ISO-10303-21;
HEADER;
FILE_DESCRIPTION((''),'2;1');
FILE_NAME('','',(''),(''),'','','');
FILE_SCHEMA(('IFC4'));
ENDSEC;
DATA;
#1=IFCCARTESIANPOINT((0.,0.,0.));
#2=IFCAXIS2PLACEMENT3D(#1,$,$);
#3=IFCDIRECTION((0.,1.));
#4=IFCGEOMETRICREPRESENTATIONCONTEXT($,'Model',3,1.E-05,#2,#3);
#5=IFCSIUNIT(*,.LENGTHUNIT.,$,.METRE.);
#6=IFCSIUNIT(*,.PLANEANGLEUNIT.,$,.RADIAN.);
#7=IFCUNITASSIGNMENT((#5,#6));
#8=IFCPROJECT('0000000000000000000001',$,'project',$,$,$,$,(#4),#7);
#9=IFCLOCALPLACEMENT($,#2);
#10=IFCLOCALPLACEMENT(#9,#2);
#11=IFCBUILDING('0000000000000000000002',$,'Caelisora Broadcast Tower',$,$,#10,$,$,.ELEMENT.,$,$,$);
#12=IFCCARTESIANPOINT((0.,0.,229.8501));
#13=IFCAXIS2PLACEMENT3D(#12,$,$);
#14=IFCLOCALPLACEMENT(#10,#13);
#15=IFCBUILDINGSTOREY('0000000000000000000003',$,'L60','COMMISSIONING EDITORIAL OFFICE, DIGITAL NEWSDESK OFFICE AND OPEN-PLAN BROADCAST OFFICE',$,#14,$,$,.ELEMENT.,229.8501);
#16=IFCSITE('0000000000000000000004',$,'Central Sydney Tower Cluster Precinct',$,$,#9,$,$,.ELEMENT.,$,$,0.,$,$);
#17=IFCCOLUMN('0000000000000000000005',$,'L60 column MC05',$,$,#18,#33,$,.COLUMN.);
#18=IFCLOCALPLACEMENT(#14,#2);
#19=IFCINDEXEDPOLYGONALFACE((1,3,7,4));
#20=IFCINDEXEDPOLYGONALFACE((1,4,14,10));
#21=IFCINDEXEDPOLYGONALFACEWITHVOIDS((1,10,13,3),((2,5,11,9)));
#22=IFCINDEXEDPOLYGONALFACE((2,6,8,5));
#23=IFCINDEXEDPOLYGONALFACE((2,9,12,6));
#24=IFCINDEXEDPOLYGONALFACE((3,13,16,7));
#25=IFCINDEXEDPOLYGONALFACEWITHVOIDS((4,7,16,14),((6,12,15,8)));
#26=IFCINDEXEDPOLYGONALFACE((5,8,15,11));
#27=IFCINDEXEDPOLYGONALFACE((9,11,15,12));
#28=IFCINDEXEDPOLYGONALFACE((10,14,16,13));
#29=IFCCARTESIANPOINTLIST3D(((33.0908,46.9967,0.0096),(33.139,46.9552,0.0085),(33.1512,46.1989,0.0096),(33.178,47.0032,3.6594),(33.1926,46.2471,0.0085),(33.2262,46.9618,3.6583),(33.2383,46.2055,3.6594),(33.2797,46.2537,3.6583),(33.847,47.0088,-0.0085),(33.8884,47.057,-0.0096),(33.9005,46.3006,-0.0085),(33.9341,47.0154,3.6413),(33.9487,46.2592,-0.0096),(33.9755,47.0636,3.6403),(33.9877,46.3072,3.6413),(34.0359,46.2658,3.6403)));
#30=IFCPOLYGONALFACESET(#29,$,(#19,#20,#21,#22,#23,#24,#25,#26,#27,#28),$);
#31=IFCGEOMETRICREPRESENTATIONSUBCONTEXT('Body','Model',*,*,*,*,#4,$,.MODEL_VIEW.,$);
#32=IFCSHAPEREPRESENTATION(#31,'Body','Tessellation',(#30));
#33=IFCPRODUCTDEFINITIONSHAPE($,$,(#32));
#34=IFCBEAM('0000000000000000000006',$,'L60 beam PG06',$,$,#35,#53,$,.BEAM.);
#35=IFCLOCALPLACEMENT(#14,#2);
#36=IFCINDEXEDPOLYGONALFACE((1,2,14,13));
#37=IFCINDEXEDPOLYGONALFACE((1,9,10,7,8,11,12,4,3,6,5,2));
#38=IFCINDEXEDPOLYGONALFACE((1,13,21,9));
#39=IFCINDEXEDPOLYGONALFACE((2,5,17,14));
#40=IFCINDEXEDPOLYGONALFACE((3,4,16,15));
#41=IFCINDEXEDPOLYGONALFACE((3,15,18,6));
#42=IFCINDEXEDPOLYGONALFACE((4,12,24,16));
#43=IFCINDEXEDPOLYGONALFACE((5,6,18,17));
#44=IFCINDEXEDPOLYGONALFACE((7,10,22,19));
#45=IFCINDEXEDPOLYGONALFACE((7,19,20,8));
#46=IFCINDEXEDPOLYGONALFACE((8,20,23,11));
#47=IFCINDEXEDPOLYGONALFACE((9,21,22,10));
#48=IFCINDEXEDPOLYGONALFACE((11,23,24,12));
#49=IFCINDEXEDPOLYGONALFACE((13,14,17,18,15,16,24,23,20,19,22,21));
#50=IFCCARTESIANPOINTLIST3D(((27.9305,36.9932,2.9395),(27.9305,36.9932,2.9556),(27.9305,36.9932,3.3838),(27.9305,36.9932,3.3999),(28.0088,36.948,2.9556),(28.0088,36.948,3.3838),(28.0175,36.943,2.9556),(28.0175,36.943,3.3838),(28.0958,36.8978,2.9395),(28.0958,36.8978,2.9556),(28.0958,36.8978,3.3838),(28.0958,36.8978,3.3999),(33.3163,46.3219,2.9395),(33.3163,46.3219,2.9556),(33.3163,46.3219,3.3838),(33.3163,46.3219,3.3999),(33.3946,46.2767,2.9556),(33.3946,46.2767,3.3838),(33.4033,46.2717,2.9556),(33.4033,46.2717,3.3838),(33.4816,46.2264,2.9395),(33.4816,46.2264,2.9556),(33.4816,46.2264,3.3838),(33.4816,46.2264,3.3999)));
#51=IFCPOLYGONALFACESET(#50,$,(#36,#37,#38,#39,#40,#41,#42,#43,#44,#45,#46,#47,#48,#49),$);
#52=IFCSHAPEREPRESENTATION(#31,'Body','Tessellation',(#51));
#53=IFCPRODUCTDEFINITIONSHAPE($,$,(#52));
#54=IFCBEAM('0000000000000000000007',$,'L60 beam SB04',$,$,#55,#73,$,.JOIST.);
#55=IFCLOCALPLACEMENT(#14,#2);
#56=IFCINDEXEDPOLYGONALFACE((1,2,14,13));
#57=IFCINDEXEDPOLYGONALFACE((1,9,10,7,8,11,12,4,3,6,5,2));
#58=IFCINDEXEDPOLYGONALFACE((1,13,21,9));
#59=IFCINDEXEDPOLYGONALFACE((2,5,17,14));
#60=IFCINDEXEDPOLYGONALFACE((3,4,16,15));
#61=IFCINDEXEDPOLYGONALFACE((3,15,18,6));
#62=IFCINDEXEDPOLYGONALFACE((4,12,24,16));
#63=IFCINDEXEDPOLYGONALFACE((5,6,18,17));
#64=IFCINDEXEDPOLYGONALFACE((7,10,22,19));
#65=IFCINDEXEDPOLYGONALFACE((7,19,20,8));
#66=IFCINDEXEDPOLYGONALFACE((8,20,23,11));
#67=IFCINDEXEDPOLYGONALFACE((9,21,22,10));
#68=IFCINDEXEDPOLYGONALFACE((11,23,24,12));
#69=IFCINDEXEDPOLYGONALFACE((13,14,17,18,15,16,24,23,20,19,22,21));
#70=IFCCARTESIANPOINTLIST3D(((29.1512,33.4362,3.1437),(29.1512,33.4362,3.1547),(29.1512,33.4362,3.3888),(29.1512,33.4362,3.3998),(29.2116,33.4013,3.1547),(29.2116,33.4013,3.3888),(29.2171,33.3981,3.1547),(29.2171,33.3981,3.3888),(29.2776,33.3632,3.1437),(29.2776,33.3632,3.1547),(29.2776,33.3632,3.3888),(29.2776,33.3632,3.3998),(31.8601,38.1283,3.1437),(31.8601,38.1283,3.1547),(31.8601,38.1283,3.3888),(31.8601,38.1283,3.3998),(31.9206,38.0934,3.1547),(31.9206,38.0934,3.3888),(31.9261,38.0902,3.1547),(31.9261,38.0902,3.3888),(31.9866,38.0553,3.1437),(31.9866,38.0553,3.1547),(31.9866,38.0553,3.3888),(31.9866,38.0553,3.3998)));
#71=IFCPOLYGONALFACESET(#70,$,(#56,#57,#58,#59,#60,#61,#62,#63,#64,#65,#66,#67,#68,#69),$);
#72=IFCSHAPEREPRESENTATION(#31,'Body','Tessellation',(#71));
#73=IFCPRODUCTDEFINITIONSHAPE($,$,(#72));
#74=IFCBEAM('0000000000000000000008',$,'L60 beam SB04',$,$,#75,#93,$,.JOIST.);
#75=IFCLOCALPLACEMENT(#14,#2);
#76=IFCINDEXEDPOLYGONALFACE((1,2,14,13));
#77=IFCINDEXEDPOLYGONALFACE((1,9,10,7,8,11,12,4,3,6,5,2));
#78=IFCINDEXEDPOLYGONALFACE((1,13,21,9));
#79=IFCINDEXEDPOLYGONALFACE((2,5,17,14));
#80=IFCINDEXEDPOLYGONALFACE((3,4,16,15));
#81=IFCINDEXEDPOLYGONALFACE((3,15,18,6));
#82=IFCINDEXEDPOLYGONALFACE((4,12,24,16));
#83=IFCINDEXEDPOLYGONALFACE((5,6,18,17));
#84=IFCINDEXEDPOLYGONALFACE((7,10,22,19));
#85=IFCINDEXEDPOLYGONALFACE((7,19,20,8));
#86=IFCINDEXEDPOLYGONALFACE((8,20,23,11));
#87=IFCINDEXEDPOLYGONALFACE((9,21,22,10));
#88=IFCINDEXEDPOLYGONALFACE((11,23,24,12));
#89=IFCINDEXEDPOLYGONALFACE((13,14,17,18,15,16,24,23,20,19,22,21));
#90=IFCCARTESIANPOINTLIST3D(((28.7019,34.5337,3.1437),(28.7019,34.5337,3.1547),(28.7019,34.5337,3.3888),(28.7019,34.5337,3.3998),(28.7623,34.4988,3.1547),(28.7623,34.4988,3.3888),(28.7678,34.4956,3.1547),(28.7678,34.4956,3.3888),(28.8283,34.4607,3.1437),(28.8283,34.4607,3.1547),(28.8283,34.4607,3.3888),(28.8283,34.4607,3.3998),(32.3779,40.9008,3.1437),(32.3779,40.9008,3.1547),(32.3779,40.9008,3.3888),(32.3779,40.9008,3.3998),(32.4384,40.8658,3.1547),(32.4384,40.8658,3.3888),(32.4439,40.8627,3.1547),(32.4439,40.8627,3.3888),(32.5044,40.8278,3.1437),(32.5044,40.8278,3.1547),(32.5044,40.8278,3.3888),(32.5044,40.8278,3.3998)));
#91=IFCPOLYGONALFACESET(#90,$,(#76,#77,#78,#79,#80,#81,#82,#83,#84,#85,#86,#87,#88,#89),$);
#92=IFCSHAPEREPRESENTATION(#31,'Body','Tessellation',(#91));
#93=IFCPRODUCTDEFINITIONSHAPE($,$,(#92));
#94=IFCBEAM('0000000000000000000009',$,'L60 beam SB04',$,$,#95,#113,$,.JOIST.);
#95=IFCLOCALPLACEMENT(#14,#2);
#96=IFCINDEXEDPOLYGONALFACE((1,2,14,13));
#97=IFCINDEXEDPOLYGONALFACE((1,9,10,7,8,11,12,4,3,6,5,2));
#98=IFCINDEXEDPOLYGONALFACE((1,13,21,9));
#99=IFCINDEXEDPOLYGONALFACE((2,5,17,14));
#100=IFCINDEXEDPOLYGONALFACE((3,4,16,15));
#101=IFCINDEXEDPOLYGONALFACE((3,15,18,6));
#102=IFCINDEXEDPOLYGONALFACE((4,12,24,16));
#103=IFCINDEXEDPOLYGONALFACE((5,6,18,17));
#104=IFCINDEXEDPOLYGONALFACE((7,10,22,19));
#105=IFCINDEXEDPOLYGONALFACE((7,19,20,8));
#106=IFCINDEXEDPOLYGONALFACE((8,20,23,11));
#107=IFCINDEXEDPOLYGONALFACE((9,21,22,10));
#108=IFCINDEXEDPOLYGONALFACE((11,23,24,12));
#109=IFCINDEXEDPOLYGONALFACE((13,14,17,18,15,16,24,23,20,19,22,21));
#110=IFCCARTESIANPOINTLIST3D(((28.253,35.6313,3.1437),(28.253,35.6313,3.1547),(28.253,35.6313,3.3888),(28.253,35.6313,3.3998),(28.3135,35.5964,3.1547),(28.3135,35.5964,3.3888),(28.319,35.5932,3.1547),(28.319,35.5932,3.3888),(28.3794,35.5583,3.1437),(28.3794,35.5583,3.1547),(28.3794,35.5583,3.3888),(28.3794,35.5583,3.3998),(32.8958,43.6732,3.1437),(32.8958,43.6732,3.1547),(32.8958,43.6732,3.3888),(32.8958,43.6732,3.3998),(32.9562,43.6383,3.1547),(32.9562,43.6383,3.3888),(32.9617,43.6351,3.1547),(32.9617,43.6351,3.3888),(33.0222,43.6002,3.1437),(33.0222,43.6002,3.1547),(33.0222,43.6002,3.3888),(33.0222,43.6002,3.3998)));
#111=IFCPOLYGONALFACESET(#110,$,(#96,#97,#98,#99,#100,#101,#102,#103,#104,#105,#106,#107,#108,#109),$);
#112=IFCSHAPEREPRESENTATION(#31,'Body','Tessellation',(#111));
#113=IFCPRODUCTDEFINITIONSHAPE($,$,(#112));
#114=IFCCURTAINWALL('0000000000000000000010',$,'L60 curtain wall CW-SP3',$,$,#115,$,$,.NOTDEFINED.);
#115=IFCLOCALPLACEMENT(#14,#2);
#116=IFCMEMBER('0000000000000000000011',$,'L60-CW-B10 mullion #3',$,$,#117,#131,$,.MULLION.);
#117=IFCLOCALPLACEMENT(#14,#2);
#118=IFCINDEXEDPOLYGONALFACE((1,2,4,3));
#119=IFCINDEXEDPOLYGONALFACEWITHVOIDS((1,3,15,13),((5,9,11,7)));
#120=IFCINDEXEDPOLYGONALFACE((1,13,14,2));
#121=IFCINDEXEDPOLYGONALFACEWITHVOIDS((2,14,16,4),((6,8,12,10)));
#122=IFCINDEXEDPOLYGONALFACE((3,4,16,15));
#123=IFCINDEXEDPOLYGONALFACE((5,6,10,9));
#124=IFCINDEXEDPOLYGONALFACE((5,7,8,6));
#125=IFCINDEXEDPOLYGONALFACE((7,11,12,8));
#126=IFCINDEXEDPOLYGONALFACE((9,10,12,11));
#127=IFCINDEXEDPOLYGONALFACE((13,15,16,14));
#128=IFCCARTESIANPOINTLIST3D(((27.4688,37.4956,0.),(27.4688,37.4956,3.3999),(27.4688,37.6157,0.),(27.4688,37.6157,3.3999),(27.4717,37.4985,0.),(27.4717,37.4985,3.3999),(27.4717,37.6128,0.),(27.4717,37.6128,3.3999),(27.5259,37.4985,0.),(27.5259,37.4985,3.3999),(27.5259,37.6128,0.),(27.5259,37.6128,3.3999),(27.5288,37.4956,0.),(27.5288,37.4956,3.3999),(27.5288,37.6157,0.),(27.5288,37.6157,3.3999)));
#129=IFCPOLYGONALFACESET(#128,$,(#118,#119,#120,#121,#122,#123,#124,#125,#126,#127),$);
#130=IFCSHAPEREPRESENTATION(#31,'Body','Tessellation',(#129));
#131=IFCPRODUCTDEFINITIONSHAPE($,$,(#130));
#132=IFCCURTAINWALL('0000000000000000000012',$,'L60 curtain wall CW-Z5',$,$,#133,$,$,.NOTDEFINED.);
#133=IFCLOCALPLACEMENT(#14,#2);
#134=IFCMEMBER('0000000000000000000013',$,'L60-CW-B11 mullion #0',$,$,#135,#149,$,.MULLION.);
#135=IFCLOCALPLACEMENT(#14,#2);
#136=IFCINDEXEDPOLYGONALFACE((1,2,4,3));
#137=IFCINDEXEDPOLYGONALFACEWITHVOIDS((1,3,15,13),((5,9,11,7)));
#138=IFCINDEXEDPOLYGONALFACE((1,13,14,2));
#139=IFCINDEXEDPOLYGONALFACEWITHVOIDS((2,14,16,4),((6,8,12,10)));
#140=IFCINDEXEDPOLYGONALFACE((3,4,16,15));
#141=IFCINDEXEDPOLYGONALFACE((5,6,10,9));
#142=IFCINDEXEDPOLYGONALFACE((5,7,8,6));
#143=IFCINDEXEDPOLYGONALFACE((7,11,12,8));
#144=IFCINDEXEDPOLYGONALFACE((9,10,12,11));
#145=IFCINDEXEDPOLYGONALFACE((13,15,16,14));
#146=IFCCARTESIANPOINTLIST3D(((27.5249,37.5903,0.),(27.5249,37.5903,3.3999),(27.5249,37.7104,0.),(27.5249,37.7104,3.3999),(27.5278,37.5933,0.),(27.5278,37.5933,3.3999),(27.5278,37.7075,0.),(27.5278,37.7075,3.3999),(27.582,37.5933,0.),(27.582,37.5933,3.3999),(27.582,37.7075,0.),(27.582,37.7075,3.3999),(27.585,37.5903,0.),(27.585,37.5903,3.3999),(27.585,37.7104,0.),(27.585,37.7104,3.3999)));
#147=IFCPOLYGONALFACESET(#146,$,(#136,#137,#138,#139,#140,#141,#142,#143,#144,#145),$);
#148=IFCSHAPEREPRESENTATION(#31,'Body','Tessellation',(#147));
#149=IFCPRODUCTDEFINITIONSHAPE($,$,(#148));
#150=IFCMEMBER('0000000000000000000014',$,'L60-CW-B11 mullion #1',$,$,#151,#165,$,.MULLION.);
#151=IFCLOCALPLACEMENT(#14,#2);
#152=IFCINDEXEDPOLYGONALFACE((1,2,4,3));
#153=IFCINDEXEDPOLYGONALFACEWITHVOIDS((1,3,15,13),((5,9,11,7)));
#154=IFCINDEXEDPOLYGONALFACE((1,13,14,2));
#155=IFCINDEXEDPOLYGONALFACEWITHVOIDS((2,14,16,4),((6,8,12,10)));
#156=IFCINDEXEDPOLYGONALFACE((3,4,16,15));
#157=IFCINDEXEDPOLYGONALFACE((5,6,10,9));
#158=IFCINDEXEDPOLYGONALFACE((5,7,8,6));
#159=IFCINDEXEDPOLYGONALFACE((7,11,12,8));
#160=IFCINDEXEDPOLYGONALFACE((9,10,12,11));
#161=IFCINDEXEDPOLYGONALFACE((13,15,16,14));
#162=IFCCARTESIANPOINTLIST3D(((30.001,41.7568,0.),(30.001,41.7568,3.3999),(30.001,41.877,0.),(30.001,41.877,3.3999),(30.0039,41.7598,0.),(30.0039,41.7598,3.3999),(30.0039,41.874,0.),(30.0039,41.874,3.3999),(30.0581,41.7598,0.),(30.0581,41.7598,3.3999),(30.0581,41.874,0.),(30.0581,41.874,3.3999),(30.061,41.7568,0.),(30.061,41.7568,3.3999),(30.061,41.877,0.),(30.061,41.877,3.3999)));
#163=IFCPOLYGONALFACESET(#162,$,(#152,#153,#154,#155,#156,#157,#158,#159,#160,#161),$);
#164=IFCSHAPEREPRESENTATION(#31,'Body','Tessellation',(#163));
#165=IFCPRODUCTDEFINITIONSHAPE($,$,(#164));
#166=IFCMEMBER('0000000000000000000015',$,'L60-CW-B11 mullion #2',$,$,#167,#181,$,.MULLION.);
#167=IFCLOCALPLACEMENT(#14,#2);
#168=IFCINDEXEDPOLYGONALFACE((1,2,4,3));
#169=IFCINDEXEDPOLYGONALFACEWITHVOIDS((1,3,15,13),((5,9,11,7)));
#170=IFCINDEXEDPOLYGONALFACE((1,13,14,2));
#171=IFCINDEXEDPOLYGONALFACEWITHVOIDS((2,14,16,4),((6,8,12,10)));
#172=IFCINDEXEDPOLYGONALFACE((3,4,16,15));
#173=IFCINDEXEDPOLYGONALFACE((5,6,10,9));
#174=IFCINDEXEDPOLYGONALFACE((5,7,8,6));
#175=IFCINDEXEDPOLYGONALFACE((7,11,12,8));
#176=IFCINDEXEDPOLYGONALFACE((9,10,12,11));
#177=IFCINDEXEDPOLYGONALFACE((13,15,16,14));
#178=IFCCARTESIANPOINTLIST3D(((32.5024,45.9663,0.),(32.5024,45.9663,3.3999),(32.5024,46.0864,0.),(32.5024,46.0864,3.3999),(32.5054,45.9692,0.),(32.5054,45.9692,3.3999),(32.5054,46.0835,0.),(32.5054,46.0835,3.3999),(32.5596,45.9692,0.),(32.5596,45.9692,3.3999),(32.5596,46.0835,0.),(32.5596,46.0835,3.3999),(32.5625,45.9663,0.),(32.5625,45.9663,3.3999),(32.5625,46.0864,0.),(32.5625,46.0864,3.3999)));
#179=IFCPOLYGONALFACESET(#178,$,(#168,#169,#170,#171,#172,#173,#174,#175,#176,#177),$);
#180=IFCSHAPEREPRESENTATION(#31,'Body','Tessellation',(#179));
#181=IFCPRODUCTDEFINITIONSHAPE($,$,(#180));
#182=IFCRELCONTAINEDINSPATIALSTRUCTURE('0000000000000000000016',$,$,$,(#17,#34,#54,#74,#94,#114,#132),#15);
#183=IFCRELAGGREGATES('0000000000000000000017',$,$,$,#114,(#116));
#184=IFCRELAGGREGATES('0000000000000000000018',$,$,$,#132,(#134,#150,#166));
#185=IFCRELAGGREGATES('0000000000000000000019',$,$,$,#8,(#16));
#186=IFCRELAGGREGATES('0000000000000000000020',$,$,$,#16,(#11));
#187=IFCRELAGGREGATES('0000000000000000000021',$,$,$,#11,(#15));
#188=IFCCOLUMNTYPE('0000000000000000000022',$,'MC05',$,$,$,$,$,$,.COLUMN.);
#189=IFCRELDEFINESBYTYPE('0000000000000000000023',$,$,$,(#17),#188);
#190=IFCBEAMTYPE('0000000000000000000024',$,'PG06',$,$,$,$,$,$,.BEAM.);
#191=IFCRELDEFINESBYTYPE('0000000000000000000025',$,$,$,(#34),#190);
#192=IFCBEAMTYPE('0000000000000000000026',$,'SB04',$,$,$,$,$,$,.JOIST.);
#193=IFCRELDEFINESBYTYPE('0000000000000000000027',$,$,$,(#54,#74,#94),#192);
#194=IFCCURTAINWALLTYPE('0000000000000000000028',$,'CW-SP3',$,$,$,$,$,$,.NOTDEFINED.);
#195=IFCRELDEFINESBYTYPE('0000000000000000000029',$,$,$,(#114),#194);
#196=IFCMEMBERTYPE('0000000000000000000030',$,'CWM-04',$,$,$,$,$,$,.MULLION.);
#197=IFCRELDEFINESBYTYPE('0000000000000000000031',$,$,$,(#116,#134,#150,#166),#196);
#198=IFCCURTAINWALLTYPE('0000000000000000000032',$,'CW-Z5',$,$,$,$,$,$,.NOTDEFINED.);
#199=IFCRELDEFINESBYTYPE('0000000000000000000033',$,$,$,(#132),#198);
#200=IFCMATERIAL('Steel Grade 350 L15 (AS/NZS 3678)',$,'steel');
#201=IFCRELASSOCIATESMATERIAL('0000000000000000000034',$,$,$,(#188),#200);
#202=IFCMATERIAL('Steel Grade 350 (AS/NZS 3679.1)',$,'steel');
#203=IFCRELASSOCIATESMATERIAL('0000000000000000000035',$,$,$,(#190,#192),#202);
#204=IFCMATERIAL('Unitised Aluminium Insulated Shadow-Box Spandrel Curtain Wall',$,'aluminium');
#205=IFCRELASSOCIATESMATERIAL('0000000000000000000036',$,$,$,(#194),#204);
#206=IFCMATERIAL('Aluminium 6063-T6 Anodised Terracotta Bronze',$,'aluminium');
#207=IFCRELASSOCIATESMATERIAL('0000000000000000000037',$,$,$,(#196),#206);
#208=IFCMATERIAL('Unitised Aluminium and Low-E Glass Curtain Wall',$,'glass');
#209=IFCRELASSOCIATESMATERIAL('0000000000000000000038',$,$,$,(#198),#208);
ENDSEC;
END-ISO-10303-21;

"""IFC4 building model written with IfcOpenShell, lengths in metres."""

from ifc_helpers import new_model, si_unit, direction, frame, origin, origin_2d, place, context, subcontext, project, spatial, hollow_rectangle, i_section, extrude, source, transform, mapped, material, material_profile, profile_set, type_object, type_shapes, element, aggregate, save


model = new_model("IFC4")

# Units and contexts
model_context = context("Model", 3, precision=1e-05, world=origin(), true_north=direction((0.0, 1.0)))
body_context = subcontext(model_context, "Body", "Model", "MODEL_VIEW")
ifc_project = project(units=[si_unit("LENGTHUNIT", "METRE"), si_unit("PLANEANGLEUNIT", "RADIAN")], contexts=[model_context])

# Site, building, storey
site_placement = place(None, origin())
site = spatial("IfcSite", under=ifc_project, at=site_placement, Name="Central Sydney Tower Cluster Precinct", CompositionType="ELEMENT", RefElevation=0.0)
building_placement = place(site_placement, origin())
building = spatial("IfcBuilding", under=site, at=building_placement, Name="Caelisora Broadcast Tower", CompositionType="ELEMENT")
storey_placement = place(building_placement, frame((0.0, 0.0, 229.8501)))
storey = spatial("IfcBuildingStorey", under=building, at=storey_placement, Name="L60", Description="COMMISSIONING EDITORIAL OFFICE, DIGITAL NEWSDESK OFFICE AND OPEN-PLAN BROADCAST OFFICE", CompositionType="ELEMENT", Elevation=229.8501)

# Column
ifc_material_1 = material(Name="Steel Grade 350 L15 (AS/NZS 3678)", Category="steel")
ifc_material_profile_1 = material_profile(ifc_material_1, hollow_rectangle(XDim=0.8, YDim=0.8, WallThickness=0.0449, at=origin_2d()), Name="Steel Grade 350 L15 (AS/NZS 3678)")
ifc_profile_set_1 = profile_set([ifc_material_profile_1], Name="Steel Grade 350 L15 (AS/NZS 3678)")
column_type = type_object("IfcColumnType", Name="MC05", PredefinedType="COLUMN", material=ifc_profile_set_1)
shared_shape_1 = source(origin(), body_context, "Body", "SweptSolid", [
    extrude(hollow_rectangle(XDim=0.8, YDim=0.8, WallThickness=0.0449, at=origin_2d()), origin(), (0.0, 0.0, 1.0), 3.6509),
])
type_shapes(column_type, [shared_shape_1])
column_placement = place(storey_placement, frame((33.5198, 46.6279, 0.0), z_axis=(0.023873, 0.001806, 0.999713), x_axis=(-0.075415, 0.997152, 0.0)))
element("IfcColumn", 1, at=column_placement, inside=storey, type_object=column_type, Name="L60 column MC05", PredefinedType="COLUMN", context=body_context, shape_type="MappedRepresentation", body=[
    mapped(shared_shape_1, transform((0.0, 0.0, 0.0), scale=1.0)),
])

# Beams
ifc_material_2 = material(Name="Steel Grade 350 (AS/NZS 3679.1)", Category="steel")
ifc_material_profile_2 = material_profile(ifc_material_2, i_section(OverallWidth=0.1909, OverallDepth=0.4604, WebThickness=0.01, FlangeThickness=0.0161, at=origin_2d()), Name="Steel Grade 350 (AS/NZS 3679.1)")
ifc_profile_set_2 = profile_set([ifc_material_profile_2], Name="Steel Grade 350 (AS/NZS 3679.1)")
beam_type_1 = type_object("IfcBeamType", Name="PG06", PredefinedType="BEAM", material=ifc_profile_set_2)
shared_shape_2 = source(origin(), body_context, "Body", "SweptSolid", [
    extrude(i_section(OverallWidth=0.1909, OverallDepth=0.4604, WebThickness=0.01, FlangeThickness=0.0161, at=origin_2d()), origin(), (0.0, 0.0, 1.0), 10.7717),
])
type_shapes(beam_type_1, [shared_shape_2])
beam_1_placement = place(storey_placement, frame((33.3989, 46.2742, 3.1697), z_axis=(-0.499991, -0.866031, 0.0), x_axis=(0.866031, -0.499991, 0.0)))
element("IfcBeam", 2, at=beam_1_placement, inside=storey, type_object=beam_type_1, Name="L60 beam PG06", PredefinedType="BEAM", context=body_context, shape_type="MappedRepresentation", body=[
    mapped(shared_shape_2, transform((0.0, 0.0, 0.0), scale=1.0)),
])
ifc_material_profile_3 = material_profile(ifc_material_2, i_section(OverallWidth=0.146, OverallDepth=0.2561, WebThickness=0.0063, FlangeThickness=0.011, at=origin_2d()), Name="Steel Grade 350 (AS/NZS 3679.1)")
ifc_profile_set_3 = profile_set([ifc_material_profile_3], Name="Steel Grade 350 (AS/NZS 3679.1)")
beam_type_2 = type_object("IfcBeamType", Name="SB04", PredefinedType="JOIST", material=ifc_profile_set_3)
shared_shape_3 = source(origin(), body_context, "Body", "SweptSolid", [
    extrude(i_section(OverallWidth=0.146, OverallDepth=0.2561, WebThickness=0.0063, FlangeThickness=0.011, at=origin_2d()), origin(), (0.0, 0.0, 1.0), 5.418),
])
beam_2_placement = place(storey_placement, frame((31.9233, 38.0918, 3.2717), z_axis=(-0.499997, -0.866027, 0.0), x_axis=(0.866027, -0.499997, 0.0)))
element("IfcBeam", 3, at=beam_2_placement, inside=storey, type_object=beam_type_2, Name="L60 beam SB04", PredefinedType="JOIST", context=body_context, shape_type="MappedRepresentation", body=[
    mapped(shared_shape_3, transform((0.0, 0.0, 0.0), scale=1.0)),
])
shared_shape_4 = source(origin(), body_context, "Body", "SweptSolid", [
    extrude(i_section(OverallWidth=0.146, OverallDepth=0.2561, WebThickness=0.0063, FlangeThickness=0.011, at=origin_2d()), origin(), (0.0, 0.0, 1.0), 7.3521),
])
beam_3_placement = place(storey_placement, frame((32.4412, 40.8643, 3.2717), z_axis=(-0.500007, -0.866021, 0.0), x_axis=(0.866021, -0.500007, 0.0)))
element("IfcBeam", 4, at=beam_3_placement, inside=storey, type_object=beam_type_2, Name="L60 beam SB04", PredefinedType="JOIST", context=body_context, shape_type="MappedRepresentation", body=[
    mapped(shared_shape_4, transform((0.0, 0.0, 0.0), scale=1.0)),
])
shared_shape_5 = source(origin(), body_context, "Body", "SweptSolid", [
    extrude(i_section(OverallWidth=0.146, OverallDepth=0.2561, WebThickness=0.0063, FlangeThickness=0.011, at=origin_2d()), origin(), (0.0, 0.0, 1.0), 9.2859),
])
type_shapes(beam_type_2, [shared_shape_3, shared_shape_4, shared_shape_5])
beam_4_placement = place(storey_placement, frame((32.959, 43.6367, 3.2717), z_axis=(-0.499982, -0.866036, 0.0), x_axis=(0.866036, -0.499982, 0.0)))
element("IfcBeam", 5, at=beam_4_placement, inside=storey, type_object=beam_type_2, Name="L60 beam SB04", PredefinedType="JOIST", context=body_context, shape_type="MappedRepresentation", body=[
    mapped(shared_shape_5, transform((0.0, 0.0, 0.0), scale=1.0)),
])

# Curtain wall, member
ifc_material_3 = material(Name="Unitised Aluminium Insulated Shadow-Box Spandrel Curtain Wall", Category="aluminium")
curtain_wall_type_1 = type_object("IfcCurtainWallType", Name="CW-SP3", PredefinedType="NOTDEFINED", material=ifc_material_3)
curtain_wall_1_placement = place(storey_placement, origin())
curtain_wall_1 = element("IfcCurtainWall", 6, at=curtain_wall_1_placement, inside=storey, type_object=curtain_wall_type_1, Name="L60 curtain wall CW-SP3", PredefinedType="NOTDEFINED")
ifc_material_4 = material(Name="Aluminium 6063-T6 Anodised Terracotta Bronze", Category="aluminium")
ifc_material_profile_4 = material_profile(ifc_material_4, hollow_rectangle(XDim=0.0601, YDim=0.1201, WallThickness=0.0029, at=origin_2d()), Name="Aluminium 6063-T6 Anodised Terracotta Bronze")
ifc_profile_set_4 = profile_set([ifc_material_profile_4], Name="Aluminium 6063-T6 Anodised Terracotta Bronze")
member_type_1 = type_object("IfcMemberType", Name="CWM-04", PredefinedType="MULLION", material=ifc_profile_set_4)
shared_shape_6 = source(origin(), body_context, "Body", "SweptSolid", [
    extrude(hollow_rectangle(XDim=0.0601, YDim=0.1201, WallThickness=0.0029, at=origin_2d()), origin(), (0.0, 0.0, 1.0), 3.3999),
])
type_shapes(member_type_1, [shared_shape_6])
member_1_placement = place(storey_placement, frame((27.4988, 37.5557, 0.0), z_axis=(0.0, 0.0, 1.0), x_axis=(1.0, 0.0, 0.0)))
member_1 = element("IfcMember", 7, at=member_1_placement, type_object=member_type_1, Name="L60-CW-B10 mullion #3", PredefinedType="MULLION", context=body_context, shape_type="MappedRepresentation", body=[
    mapped(shared_shape_6, transform((0.0, 0.0, 0.0), scale=1.0)),
])
aggregate(curtain_wall_1, [member_1])

# Curtain wall, members
ifc_material_5 = material(Name="Unitised Aluminium and Low-E Glass Curtain Wall", Category="glass")
curtain_wall_type_2 = type_object("IfcCurtainWallType", Name="CW-Z5", PredefinedType="NOTDEFINED", material=ifc_material_5)
curtain_wall_2_placement = place(storey_placement, origin())
curtain_wall_2 = element("IfcCurtainWall", 8, at=curtain_wall_2_placement, inside=storey, type_object=curtain_wall_type_2, Name="L60 curtain wall CW-Z5", PredefinedType="NOTDEFINED")
member_2_placement = place(storey_placement, frame((27.5549, 37.6504, 0.0), z_axis=(0.0, 0.0, 1.0), x_axis=(1.0, 0.0, 0.0)))
member_2 = element("IfcMember", 9, at=member_2_placement, type_object=member_type_1, Name="L60-CW-B11 mullion #0", PredefinedType="MULLION", context=body_context, shape_type="MappedRepresentation", body=[
    mapped(shared_shape_6, transform((0.0, 0.0, 0.0), scale=1.0)),
])
member_3_placement = place(storey_placement, frame((30.031, 41.8169, 0.0), z_axis=(0.0, 0.0, 1.0), x_axis=(1.0, 0.0, 0.0)))
member_3 = element("IfcMember", 10, at=member_3_placement, type_object=member_type_1, Name="L60-CW-B11 mullion #1", PredefinedType="MULLION", context=body_context, shape_type="MappedRepresentation", body=[
    mapped(shared_shape_6, transform((0.0, 0.0, 0.0), scale=1.0)),
])
member_4_placement = place(storey_placement, frame((32.5325, 46.0264, 0.0), z_axis=(0.0, 0.0, 1.0), x_axis=(1.0, 0.0, 0.0)))
member_4 = element("IfcMember", 11, at=member_4_placement, type_object=member_type_1, Name="L60-CW-B11 mullion #2", PredefinedType="MULLION", context=body_context, shape_type="MappedRepresentation", body=[
    mapped(shared_shape_6, transform((0.0, 0.0, 0.0), scale=1.0)),
])
aggregate(curtain_wall_2, [member_2, member_3, member_4])

save(model, "model.ifc")
